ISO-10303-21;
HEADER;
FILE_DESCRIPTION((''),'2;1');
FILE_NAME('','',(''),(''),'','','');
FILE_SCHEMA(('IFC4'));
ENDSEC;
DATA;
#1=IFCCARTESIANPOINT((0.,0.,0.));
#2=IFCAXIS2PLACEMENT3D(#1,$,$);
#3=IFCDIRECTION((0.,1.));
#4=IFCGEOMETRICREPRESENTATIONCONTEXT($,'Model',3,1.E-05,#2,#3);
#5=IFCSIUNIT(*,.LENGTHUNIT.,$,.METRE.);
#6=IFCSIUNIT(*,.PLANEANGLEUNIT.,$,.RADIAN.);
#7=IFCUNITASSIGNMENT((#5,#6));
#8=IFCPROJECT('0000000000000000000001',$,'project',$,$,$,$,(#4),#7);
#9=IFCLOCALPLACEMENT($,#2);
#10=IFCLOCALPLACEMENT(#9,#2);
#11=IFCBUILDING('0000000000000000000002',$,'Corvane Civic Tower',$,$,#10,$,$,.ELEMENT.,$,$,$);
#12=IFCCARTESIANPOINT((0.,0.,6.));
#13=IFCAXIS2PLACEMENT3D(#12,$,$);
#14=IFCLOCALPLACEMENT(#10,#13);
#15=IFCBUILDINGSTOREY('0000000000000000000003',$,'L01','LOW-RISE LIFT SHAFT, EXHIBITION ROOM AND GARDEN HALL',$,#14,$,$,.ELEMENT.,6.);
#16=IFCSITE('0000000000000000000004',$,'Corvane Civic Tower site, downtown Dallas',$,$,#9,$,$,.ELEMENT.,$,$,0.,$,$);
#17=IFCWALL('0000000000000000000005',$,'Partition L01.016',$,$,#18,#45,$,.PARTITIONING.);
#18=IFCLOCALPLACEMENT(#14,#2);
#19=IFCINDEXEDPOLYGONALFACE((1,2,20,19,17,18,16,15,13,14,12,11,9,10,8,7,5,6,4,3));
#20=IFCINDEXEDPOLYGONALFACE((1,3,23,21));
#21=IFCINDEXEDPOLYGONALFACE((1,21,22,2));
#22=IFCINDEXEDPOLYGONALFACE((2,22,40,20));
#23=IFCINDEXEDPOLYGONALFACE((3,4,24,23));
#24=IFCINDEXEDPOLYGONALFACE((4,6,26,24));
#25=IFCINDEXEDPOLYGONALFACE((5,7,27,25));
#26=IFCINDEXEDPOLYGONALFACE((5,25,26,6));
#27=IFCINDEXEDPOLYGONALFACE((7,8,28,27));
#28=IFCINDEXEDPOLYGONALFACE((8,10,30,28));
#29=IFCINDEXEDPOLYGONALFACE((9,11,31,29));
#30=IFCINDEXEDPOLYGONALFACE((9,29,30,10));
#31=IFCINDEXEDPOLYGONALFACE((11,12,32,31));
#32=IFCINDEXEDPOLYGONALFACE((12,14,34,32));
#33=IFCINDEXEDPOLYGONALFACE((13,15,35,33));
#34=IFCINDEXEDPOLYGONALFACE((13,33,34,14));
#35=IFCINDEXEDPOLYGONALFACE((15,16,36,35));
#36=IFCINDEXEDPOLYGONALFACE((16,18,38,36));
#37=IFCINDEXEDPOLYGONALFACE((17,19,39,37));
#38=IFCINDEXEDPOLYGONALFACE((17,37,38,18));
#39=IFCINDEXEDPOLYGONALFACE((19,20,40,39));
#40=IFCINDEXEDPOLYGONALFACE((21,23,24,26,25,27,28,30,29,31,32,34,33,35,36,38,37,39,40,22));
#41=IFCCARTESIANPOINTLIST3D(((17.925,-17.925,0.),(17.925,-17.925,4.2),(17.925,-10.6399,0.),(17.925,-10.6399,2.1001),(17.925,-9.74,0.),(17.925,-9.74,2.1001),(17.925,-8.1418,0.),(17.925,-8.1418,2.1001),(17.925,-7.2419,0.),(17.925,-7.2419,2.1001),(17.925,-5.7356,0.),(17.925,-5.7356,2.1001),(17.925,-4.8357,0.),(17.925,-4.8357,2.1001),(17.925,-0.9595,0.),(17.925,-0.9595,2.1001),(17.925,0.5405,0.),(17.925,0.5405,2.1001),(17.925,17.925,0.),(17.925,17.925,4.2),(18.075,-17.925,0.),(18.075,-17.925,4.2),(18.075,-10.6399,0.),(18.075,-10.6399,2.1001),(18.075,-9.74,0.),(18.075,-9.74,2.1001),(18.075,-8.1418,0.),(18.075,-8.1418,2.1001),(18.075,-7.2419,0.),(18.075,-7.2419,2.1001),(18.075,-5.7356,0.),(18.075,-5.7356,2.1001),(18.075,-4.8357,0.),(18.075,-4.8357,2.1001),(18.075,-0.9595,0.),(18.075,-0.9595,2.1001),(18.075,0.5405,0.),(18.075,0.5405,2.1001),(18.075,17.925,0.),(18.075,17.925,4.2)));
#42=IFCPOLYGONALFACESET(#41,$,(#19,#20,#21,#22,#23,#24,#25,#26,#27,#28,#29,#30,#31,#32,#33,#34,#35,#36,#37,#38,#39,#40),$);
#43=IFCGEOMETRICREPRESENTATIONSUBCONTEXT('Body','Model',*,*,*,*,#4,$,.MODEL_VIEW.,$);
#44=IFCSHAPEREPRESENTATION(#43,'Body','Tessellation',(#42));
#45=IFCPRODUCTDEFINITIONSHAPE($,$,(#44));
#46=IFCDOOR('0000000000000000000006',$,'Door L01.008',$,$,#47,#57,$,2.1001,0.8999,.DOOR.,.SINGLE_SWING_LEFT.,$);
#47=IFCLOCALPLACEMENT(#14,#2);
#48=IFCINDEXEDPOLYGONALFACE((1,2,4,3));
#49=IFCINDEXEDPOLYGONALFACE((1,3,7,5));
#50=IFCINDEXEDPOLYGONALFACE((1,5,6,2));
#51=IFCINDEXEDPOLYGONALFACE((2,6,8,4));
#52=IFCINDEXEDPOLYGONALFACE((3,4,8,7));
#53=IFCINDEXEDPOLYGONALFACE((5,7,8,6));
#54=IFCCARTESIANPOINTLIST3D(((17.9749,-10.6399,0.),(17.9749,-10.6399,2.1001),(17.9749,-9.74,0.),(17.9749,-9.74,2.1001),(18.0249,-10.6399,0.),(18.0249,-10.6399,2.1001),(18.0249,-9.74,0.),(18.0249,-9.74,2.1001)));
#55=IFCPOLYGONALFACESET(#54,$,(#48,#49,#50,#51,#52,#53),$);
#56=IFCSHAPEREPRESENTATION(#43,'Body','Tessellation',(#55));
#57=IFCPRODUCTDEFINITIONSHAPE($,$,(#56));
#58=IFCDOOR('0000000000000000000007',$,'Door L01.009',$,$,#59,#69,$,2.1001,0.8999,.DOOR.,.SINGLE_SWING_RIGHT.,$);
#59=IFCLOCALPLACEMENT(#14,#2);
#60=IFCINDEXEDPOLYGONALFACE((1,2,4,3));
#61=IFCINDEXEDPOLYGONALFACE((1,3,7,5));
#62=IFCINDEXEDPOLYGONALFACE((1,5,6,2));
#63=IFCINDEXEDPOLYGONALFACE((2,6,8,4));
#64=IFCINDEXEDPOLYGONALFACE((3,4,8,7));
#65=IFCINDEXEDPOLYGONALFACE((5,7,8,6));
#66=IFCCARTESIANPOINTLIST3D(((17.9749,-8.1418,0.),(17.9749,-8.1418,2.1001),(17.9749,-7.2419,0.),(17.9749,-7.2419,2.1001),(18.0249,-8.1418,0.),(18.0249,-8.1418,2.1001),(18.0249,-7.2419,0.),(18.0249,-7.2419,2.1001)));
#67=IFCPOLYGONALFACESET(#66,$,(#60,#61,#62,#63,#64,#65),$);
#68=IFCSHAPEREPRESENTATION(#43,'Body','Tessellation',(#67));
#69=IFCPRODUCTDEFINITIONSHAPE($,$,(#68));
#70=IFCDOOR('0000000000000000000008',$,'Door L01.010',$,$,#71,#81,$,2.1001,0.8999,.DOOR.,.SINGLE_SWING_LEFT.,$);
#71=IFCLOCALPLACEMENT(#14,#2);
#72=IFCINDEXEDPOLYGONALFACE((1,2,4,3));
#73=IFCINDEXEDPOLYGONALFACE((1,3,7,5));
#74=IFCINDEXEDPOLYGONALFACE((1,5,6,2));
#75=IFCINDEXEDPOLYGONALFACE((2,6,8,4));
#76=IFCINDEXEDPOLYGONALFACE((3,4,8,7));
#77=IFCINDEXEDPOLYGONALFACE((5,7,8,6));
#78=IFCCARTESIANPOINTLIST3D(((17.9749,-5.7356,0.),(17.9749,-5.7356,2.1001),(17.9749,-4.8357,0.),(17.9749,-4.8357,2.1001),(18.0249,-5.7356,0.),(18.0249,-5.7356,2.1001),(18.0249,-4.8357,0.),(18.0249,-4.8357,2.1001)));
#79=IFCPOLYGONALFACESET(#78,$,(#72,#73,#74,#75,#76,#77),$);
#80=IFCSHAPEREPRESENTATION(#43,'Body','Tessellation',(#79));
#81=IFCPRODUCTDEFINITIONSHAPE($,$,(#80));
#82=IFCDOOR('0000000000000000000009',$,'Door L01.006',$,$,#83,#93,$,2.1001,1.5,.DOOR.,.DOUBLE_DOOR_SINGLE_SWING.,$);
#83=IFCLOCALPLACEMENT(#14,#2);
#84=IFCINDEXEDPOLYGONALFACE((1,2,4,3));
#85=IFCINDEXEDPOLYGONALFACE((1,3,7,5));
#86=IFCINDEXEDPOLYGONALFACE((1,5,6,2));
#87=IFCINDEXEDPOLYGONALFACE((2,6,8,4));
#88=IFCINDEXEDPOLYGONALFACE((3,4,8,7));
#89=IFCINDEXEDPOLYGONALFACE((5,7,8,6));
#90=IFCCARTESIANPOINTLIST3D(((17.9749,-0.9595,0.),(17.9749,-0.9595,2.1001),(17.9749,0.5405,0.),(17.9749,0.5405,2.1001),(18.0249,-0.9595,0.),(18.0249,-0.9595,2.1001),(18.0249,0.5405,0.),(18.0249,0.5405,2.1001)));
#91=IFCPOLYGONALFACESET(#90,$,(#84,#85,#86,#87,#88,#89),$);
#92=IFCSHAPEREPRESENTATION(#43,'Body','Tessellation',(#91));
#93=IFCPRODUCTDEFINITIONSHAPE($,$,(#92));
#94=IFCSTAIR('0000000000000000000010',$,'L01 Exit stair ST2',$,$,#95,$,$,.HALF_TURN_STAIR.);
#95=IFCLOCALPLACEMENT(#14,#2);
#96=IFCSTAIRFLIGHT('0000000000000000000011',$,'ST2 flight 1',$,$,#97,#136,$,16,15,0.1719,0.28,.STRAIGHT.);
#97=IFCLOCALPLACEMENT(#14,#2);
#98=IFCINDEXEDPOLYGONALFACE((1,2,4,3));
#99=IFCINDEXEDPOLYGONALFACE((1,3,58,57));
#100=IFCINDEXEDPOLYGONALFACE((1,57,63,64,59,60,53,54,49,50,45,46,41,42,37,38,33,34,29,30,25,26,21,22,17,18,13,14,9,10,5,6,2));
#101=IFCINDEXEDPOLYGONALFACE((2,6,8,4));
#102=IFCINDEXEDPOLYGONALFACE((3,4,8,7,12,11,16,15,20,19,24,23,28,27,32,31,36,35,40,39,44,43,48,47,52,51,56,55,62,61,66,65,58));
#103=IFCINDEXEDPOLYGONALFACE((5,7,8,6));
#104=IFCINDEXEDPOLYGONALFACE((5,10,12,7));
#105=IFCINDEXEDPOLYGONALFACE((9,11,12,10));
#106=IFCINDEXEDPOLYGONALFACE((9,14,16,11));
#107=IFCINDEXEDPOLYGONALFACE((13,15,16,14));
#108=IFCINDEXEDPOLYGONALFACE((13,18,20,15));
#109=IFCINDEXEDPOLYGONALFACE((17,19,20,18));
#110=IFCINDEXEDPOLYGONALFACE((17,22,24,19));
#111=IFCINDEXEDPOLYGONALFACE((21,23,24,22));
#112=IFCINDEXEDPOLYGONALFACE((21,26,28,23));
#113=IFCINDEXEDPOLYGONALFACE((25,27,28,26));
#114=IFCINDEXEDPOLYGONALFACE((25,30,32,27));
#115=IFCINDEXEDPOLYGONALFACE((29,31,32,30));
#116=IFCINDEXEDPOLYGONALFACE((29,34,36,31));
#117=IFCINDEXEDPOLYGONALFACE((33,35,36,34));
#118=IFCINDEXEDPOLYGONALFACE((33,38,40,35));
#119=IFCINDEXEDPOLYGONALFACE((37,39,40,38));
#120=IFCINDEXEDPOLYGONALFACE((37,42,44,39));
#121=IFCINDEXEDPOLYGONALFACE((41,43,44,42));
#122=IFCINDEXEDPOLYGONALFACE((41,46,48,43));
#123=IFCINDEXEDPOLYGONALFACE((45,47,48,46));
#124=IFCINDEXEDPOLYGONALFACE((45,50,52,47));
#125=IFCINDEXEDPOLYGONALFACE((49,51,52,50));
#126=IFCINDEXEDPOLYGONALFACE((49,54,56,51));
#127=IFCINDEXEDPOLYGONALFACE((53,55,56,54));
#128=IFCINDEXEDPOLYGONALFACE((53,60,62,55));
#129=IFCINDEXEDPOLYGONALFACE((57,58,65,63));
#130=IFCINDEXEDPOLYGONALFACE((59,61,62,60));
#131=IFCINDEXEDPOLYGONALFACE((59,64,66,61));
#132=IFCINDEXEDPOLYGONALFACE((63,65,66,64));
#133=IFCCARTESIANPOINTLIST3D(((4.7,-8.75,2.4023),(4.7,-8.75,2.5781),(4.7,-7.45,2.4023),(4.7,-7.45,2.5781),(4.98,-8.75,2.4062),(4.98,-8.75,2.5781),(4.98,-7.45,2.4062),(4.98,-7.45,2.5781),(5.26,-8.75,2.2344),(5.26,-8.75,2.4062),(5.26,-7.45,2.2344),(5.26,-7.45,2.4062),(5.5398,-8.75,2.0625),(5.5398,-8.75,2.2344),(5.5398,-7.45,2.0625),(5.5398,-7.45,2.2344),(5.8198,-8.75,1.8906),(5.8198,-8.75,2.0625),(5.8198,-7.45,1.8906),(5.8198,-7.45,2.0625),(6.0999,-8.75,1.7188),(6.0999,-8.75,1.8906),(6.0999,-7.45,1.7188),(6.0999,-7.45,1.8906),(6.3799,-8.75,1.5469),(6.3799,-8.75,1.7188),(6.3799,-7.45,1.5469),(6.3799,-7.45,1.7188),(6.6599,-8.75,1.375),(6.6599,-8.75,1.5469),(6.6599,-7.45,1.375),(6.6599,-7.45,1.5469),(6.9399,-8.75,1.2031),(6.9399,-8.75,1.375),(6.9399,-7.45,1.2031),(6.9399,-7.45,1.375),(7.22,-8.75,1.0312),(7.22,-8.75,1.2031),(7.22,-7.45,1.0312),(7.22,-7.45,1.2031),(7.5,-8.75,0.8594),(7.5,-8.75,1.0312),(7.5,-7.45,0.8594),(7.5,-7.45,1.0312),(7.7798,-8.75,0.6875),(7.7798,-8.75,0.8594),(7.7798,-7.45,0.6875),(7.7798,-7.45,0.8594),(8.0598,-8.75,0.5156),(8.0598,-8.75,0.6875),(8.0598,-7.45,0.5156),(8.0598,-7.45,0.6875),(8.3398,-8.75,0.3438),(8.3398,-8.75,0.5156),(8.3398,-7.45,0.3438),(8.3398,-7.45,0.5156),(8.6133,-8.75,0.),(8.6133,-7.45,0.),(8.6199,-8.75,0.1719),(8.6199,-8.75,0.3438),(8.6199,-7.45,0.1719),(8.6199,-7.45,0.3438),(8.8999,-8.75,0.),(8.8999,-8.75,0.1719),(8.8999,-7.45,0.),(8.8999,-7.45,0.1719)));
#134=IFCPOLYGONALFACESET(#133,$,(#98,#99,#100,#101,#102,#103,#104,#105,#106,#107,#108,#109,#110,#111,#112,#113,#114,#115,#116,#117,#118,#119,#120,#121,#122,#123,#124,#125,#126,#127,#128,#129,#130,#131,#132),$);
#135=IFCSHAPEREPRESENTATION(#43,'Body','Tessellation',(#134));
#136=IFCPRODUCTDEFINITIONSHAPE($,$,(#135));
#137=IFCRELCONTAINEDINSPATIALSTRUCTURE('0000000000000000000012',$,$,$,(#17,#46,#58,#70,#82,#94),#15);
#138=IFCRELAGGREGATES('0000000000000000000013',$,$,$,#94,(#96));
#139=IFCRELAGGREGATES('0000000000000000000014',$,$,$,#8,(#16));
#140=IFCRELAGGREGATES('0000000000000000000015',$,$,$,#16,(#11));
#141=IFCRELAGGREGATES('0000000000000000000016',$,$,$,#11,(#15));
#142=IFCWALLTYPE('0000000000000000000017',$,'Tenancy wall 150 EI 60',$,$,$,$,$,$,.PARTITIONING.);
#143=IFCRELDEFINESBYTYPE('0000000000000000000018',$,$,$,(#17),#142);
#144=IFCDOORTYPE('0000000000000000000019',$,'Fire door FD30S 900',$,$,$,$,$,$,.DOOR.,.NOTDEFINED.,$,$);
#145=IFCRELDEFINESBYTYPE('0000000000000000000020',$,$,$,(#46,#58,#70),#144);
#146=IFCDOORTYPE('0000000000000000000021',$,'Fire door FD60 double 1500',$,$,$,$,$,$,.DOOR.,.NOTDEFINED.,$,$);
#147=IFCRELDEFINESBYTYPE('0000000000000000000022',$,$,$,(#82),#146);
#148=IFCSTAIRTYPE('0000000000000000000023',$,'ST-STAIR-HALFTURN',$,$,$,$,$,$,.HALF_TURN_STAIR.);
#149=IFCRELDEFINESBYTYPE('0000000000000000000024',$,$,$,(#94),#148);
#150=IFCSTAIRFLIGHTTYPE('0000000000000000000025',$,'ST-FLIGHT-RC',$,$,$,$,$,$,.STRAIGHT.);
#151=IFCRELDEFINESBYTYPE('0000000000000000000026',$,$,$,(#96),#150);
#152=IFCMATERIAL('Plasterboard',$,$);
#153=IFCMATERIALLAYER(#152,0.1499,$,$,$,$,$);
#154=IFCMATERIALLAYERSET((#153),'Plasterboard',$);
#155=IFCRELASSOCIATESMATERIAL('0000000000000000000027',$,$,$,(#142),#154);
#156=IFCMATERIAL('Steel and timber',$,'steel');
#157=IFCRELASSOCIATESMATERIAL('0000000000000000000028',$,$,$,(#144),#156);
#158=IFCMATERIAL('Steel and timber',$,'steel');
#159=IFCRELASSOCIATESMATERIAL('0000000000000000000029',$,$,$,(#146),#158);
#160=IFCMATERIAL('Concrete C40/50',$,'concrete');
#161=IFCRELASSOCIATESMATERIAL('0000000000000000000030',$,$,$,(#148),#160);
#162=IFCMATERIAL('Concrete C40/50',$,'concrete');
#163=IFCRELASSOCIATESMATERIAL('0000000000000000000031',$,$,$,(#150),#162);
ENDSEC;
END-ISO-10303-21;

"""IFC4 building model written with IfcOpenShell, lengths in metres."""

from ifc_helpers import new_model, si_unit, direction, frame, frame_2d, origin, place, context, subcontext, project, spatial, polyline, rectangle, outline, extrude, material, layer, layer_set, type_object, element, fill, aggregate, save


model = new_model("IFC4")

# Units and contexts
model_context = context("Model", 3, precision=1e-05, world=origin(), true_north=direction((0.0, 1.0)))
body_context = subcontext(model_context, "Body", "Model", "MODEL_VIEW")
ifc_project = project(units=[si_unit("LENGTHUNIT", "METRE"), si_unit("PLANEANGLEUNIT", "RADIAN")], contexts=[model_context])

# Site, building, storey
site_placement = place(None, origin())
site = spatial("IfcSite", under=ifc_project, at=site_placement, Name="Corvane Civic Tower site, downtown Dallas", CompositionType="ELEMENT", RefElevation=0.0)
building_placement = place(site_placement, origin())
building = spatial("IfcBuilding", under=site, at=building_placement, Name="Corvane Civic Tower", CompositionType="ELEMENT")
storey_placement = place(building_placement, frame((0.0, 0.0, 6.0)))
storey = spatial("IfcBuildingStorey", under=building, at=storey_placement, Name="L01", Description="LOW-RISE LIFT SHAFT, EXHIBITION ROOM AND GARDEN HALL", CompositionType="ELEMENT", Elevation=6.0)

# Wall, openings, doors
ifc_material_1 = material(Name="Plasterboard")
ifc_layer_1 = layer(ifc_material_1, 0.1499)
ifc_layer_set_1 = layer_set([ifc_layer_1], Name="Plasterboard")
wall_type_1 = type_object("IfcWallType", Name="Tenancy wall 150 EI 60", PredefinedType="PARTITIONING", material=ifc_layer_set_1)
wall_1_placement = place(storey_placement, frame((18.0, -17.925, 0.0), z_axis=(0.0, 0.0, 1.0), x_axis=(0.0, 1.0, 0.0)))
wall_1 = element("IfcWall", 1, at=wall_1_placement, inside=storey, type_object=wall_type_1, Name="Partition L01.016", PredefinedType="PARTITIONING", context=body_context, shape_type="SweptSolid", body=[
    extrude(rectangle(XDim=35.8501, YDim=0.1499, at=frame_2d((17.925, 0.0))), origin(), (0.0, 0.0, 1.0), 4.2),
])
opening_1_placement = place(wall_1_placement, frame((16.9656, 0.0, 0.0)))
opening_1 = element("IfcOpeningElement", 2, at=opening_1_placement, cuts=wall_1, PredefinedType="OPENING", context=body_context, shape_type="SweptSolid", body=[
    extrude(rectangle(XDim=1.5, YDim=2.1001, at=frame_2d((0.75, 1.05))), frame((0.0, 0.085, 0.0), z_axis=(0.0, -1.0, 0.0), x_axis=(1.0, 0.0, 0.0)), (0.0, 0.0, 1.0), 0.1699),
])
opening_2_placement = place(wall_1_placement, frame((7.2852, 0.0, 0.0)))
opening_2 = element("IfcOpeningElement", 3, at=opening_2_placement, cuts=wall_1, PredefinedType="OPENING", context=body_context, shape_type="SweptSolid", body=[
    extrude(rectangle(XDim=0.8999, YDim=2.1001, at=frame_2d((0.45, 1.05))), frame((0.0, 0.085, 0.0), z_axis=(0.0, -1.0, 0.0), x_axis=(1.0, 0.0, 0.0)), (0.0, 0.0, 1.0), 0.1699),
])
opening_3_placement = place(wall_1_placement, frame((9.7832, 0.0, 0.0)))
opening_3 = element("IfcOpeningElement", 4, at=opening_3_placement, cuts=wall_1, PredefinedType="OPENING", context=body_context, shape_type="SweptSolid", body=[
    extrude(rectangle(XDim=0.8999, YDim=2.1001, at=frame_2d((0.45, 1.05))), frame((0.0, 0.085, 0.0), z_axis=(0.0, -1.0, 0.0), x_axis=(1.0, 0.0, 0.0)), (0.0, 0.0, 1.0), 0.1699),
])
opening_4_placement = place(wall_1_placement, frame((12.1895, 0.0, 0.0)))
opening_4 = element("IfcOpeningElement", 5, at=opening_4_placement, cuts=wall_1, PredefinedType="OPENING", context=body_context, shape_type="SweptSolid", body=[
    extrude(rectangle(XDim=0.8999, YDim=2.1001, at=frame_2d((0.45, 1.05))), frame((0.0, 0.085, 0.0), z_axis=(0.0, -1.0, 0.0), x_axis=(1.0, 0.0, 0.0)), (0.0, 0.0, 1.0), 0.1699),
])
ifc_material_2 = material(Name="Steel and timber", Category="steel")
door_type_1 = type_object("IfcDoorType", Name="Fire door FD30S 900", OperationType="NOTDEFINED", PredefinedType="DOOR", material=ifc_material_2)
door_1_placement = place(opening_2_placement, frame((0.8999, 0.0, 0.0), z_axis=(0.0, 0.0, 1.0), x_axis=(-1.0, 0.0, 0.0)))
door_1 = element("IfcDoor", 6, at=door_1_placement, inside=storey, type_object=door_type_1, Name="Door L01.008", OperationType="SINGLE_SWING_LEFT", OverallHeight=2.1001, OverallWidth=0.8999, PredefinedType="DOOR", context=body_context, shape_type="SweptSolid", body=[
    extrude(rectangle(XDim=0.8999, YDim=2.1001, at=frame_2d((0.45, 1.05))), frame((0.0, 0.0249, 0.0), z_axis=(0.0, -1.0, 0.0), x_axis=(1.0, 0.0, 0.0)), (0.0, 0.0, 1.0), 0.05),
])
fill(opening_2, door_1)
door_2_placement = place(opening_3_placement, frame((0.8999, 0.0, 0.0), z_axis=(0.0, 0.0, 1.0), x_axis=(-1.0, 0.0, 0.0)))
door_2 = element("IfcDoor", 7, at=door_2_placement, inside=storey, type_object=door_type_1, Name="Door L01.009", OperationType="SINGLE_SWING_RIGHT", OverallHeight=2.1001, OverallWidth=0.8999, PredefinedType="DOOR", context=body_context, shape_type="SweptSolid", body=[
    extrude(rectangle(XDim=0.8999, YDim=2.1001, at=frame_2d((0.45, 1.05))), frame((0.0, 0.0249, 0.0), z_axis=(0.0, -1.0, 0.0), x_axis=(1.0, 0.0, 0.0)), (0.0, 0.0, 1.0), 0.05),
])
fill(opening_3, door_2)
door_3_placement = place(opening_4_placement, frame((0.8999, 0.0, 0.0), z_axis=(0.0, 0.0, 1.0), x_axis=(-1.0, 0.0, 0.0)))
door_3 = element("IfcDoor", 8, at=door_3_placement, inside=storey, type_object=door_type_1, Name="Door L01.010", OperationType="SINGLE_SWING_LEFT", OverallHeight=2.1001, OverallWidth=0.8999, PredefinedType="DOOR", context=body_context, shape_type="SweptSolid", body=[
    extrude(rectangle(XDim=0.8999, YDim=2.1001, at=frame_2d((0.45, 1.05))), frame((0.0, 0.0249, 0.0), z_axis=(0.0, -1.0, 0.0), x_axis=(1.0, 0.0, 0.0)), (0.0, 0.0, 1.0), 0.05),
])
fill(opening_4, door_3)
ifc_material_3 = material(Name="Steel and timber", Category="steel")
door_type_2 = type_object("IfcDoorType", Name="Fire door FD60 double 1500", OperationType="NOTDEFINED", PredefinedType="DOOR", material=ifc_material_3)
door_4_placement = place(opening_1_placement, frame((1.5, 0.0, 0.0), z_axis=(0.0, 0.0, 1.0), x_axis=(-1.0, 0.0, 0.0)))
door_4 = element("IfcDoor", 9, at=door_4_placement, inside=storey, type_object=door_type_2, Name="Door L01.006", OperationType="DOUBLE_DOOR_SINGLE_SWING", OverallHeight=2.1001, OverallWidth=1.5, PredefinedType="DOOR", context=body_context, shape_type="SweptSolid", body=[
    extrude(rectangle(XDim=1.5, YDim=2.1001, at=frame_2d((0.75, 1.05))), frame((0.0, 0.0249, 0.0), z_axis=(0.0, -1.0, 0.0), x_axis=(1.0, 0.0, 0.0)), (0.0, 0.0, 1.0), 0.05),
])
fill(opening_1, door_4)

# Stair, stair flight
ifc_material_4 = material(Name="Concrete C40/50", Category="concrete")
stair_type = type_object("IfcStairType", Name="ST-STAIR-HALFTURN", PredefinedType="HALF_TURN_STAIR", material=ifc_material_4)
stair_placement = place(storey_placement, origin())
stair = element("IfcStair", 10, at=stair_placement, inside=storey, type_object=stair_type, Name="L01 Exit stair ST2", PredefinedType="HALF_TURN_STAIR")
ifc_material_5 = material(Name="Concrete C40/50", Category="concrete")
stair_flight_type = type_object("IfcStairFlightType", Name="ST-FLIGHT-RC", PredefinedType="STRAIGHT", material=ifc_material_5)
stair_flight_1_placement = place(storey_placement, frame((8.8999, -8.1001, 0.0), z_axis=(0.0, 0.0, 1.0), x_axis=(-1.0, 0.0, 0.0)))
stair_flight_1 = element("IfcStairFlight", 11, at=stair_flight_1_placement, type_object=stair_flight_type, Name="ST2 flight 1", NumberOfRisers=16, NumberOfTreads=15, PredefinedType="STRAIGHT", RiserHeight=0.1719, TreadLength=0.28, context=body_context, shape_type="SweptSolid", body=[
    extrude(outline(polyline([(0.0, 0.0), (0.0, 0.1719), (0.28, 0.1719), (0.28, 0.3438), (0.5601, 0.3438), (0.5601, 0.5156), (0.8401, 0.5156), (0.8401, 0.6875), (1.1201, 0.6875), (1.1201, 0.8594), (1.3999, 0.8594), (1.3999, 1.0312), (1.6799, 1.0312), (1.6799, 1.2031), (1.96, 1.2031), (1.96, 1.375), (2.24, 1.375), (2.24, 1.5469), (2.52, 1.5469), (2.52, 1.7188), (2.8, 1.7188), (2.8, 1.8906), (3.0801, 1.8906), (3.0801, 2.0625), (3.3601, 2.0625), (3.3601, 2.2344), (3.6399, 2.2344), (3.6399, 2.4062), (3.9199, 2.4062), (3.9199, 2.5781), (4.2, 2.5781), (4.2, 2.75), (4.2, 2.4023), (0.2866, 0.0), (0.0, 0.0)])), frame((0.0, 0.6499, 0.0), z_axis=(0.0, -1.0, 0.0), x_axis=(1.0, 0.0, 0.0)), (0.0, 0.0, 1.0), 1.3),
])
aggregate(stair, [stair_flight_1])

save(model, "model.ifc")
